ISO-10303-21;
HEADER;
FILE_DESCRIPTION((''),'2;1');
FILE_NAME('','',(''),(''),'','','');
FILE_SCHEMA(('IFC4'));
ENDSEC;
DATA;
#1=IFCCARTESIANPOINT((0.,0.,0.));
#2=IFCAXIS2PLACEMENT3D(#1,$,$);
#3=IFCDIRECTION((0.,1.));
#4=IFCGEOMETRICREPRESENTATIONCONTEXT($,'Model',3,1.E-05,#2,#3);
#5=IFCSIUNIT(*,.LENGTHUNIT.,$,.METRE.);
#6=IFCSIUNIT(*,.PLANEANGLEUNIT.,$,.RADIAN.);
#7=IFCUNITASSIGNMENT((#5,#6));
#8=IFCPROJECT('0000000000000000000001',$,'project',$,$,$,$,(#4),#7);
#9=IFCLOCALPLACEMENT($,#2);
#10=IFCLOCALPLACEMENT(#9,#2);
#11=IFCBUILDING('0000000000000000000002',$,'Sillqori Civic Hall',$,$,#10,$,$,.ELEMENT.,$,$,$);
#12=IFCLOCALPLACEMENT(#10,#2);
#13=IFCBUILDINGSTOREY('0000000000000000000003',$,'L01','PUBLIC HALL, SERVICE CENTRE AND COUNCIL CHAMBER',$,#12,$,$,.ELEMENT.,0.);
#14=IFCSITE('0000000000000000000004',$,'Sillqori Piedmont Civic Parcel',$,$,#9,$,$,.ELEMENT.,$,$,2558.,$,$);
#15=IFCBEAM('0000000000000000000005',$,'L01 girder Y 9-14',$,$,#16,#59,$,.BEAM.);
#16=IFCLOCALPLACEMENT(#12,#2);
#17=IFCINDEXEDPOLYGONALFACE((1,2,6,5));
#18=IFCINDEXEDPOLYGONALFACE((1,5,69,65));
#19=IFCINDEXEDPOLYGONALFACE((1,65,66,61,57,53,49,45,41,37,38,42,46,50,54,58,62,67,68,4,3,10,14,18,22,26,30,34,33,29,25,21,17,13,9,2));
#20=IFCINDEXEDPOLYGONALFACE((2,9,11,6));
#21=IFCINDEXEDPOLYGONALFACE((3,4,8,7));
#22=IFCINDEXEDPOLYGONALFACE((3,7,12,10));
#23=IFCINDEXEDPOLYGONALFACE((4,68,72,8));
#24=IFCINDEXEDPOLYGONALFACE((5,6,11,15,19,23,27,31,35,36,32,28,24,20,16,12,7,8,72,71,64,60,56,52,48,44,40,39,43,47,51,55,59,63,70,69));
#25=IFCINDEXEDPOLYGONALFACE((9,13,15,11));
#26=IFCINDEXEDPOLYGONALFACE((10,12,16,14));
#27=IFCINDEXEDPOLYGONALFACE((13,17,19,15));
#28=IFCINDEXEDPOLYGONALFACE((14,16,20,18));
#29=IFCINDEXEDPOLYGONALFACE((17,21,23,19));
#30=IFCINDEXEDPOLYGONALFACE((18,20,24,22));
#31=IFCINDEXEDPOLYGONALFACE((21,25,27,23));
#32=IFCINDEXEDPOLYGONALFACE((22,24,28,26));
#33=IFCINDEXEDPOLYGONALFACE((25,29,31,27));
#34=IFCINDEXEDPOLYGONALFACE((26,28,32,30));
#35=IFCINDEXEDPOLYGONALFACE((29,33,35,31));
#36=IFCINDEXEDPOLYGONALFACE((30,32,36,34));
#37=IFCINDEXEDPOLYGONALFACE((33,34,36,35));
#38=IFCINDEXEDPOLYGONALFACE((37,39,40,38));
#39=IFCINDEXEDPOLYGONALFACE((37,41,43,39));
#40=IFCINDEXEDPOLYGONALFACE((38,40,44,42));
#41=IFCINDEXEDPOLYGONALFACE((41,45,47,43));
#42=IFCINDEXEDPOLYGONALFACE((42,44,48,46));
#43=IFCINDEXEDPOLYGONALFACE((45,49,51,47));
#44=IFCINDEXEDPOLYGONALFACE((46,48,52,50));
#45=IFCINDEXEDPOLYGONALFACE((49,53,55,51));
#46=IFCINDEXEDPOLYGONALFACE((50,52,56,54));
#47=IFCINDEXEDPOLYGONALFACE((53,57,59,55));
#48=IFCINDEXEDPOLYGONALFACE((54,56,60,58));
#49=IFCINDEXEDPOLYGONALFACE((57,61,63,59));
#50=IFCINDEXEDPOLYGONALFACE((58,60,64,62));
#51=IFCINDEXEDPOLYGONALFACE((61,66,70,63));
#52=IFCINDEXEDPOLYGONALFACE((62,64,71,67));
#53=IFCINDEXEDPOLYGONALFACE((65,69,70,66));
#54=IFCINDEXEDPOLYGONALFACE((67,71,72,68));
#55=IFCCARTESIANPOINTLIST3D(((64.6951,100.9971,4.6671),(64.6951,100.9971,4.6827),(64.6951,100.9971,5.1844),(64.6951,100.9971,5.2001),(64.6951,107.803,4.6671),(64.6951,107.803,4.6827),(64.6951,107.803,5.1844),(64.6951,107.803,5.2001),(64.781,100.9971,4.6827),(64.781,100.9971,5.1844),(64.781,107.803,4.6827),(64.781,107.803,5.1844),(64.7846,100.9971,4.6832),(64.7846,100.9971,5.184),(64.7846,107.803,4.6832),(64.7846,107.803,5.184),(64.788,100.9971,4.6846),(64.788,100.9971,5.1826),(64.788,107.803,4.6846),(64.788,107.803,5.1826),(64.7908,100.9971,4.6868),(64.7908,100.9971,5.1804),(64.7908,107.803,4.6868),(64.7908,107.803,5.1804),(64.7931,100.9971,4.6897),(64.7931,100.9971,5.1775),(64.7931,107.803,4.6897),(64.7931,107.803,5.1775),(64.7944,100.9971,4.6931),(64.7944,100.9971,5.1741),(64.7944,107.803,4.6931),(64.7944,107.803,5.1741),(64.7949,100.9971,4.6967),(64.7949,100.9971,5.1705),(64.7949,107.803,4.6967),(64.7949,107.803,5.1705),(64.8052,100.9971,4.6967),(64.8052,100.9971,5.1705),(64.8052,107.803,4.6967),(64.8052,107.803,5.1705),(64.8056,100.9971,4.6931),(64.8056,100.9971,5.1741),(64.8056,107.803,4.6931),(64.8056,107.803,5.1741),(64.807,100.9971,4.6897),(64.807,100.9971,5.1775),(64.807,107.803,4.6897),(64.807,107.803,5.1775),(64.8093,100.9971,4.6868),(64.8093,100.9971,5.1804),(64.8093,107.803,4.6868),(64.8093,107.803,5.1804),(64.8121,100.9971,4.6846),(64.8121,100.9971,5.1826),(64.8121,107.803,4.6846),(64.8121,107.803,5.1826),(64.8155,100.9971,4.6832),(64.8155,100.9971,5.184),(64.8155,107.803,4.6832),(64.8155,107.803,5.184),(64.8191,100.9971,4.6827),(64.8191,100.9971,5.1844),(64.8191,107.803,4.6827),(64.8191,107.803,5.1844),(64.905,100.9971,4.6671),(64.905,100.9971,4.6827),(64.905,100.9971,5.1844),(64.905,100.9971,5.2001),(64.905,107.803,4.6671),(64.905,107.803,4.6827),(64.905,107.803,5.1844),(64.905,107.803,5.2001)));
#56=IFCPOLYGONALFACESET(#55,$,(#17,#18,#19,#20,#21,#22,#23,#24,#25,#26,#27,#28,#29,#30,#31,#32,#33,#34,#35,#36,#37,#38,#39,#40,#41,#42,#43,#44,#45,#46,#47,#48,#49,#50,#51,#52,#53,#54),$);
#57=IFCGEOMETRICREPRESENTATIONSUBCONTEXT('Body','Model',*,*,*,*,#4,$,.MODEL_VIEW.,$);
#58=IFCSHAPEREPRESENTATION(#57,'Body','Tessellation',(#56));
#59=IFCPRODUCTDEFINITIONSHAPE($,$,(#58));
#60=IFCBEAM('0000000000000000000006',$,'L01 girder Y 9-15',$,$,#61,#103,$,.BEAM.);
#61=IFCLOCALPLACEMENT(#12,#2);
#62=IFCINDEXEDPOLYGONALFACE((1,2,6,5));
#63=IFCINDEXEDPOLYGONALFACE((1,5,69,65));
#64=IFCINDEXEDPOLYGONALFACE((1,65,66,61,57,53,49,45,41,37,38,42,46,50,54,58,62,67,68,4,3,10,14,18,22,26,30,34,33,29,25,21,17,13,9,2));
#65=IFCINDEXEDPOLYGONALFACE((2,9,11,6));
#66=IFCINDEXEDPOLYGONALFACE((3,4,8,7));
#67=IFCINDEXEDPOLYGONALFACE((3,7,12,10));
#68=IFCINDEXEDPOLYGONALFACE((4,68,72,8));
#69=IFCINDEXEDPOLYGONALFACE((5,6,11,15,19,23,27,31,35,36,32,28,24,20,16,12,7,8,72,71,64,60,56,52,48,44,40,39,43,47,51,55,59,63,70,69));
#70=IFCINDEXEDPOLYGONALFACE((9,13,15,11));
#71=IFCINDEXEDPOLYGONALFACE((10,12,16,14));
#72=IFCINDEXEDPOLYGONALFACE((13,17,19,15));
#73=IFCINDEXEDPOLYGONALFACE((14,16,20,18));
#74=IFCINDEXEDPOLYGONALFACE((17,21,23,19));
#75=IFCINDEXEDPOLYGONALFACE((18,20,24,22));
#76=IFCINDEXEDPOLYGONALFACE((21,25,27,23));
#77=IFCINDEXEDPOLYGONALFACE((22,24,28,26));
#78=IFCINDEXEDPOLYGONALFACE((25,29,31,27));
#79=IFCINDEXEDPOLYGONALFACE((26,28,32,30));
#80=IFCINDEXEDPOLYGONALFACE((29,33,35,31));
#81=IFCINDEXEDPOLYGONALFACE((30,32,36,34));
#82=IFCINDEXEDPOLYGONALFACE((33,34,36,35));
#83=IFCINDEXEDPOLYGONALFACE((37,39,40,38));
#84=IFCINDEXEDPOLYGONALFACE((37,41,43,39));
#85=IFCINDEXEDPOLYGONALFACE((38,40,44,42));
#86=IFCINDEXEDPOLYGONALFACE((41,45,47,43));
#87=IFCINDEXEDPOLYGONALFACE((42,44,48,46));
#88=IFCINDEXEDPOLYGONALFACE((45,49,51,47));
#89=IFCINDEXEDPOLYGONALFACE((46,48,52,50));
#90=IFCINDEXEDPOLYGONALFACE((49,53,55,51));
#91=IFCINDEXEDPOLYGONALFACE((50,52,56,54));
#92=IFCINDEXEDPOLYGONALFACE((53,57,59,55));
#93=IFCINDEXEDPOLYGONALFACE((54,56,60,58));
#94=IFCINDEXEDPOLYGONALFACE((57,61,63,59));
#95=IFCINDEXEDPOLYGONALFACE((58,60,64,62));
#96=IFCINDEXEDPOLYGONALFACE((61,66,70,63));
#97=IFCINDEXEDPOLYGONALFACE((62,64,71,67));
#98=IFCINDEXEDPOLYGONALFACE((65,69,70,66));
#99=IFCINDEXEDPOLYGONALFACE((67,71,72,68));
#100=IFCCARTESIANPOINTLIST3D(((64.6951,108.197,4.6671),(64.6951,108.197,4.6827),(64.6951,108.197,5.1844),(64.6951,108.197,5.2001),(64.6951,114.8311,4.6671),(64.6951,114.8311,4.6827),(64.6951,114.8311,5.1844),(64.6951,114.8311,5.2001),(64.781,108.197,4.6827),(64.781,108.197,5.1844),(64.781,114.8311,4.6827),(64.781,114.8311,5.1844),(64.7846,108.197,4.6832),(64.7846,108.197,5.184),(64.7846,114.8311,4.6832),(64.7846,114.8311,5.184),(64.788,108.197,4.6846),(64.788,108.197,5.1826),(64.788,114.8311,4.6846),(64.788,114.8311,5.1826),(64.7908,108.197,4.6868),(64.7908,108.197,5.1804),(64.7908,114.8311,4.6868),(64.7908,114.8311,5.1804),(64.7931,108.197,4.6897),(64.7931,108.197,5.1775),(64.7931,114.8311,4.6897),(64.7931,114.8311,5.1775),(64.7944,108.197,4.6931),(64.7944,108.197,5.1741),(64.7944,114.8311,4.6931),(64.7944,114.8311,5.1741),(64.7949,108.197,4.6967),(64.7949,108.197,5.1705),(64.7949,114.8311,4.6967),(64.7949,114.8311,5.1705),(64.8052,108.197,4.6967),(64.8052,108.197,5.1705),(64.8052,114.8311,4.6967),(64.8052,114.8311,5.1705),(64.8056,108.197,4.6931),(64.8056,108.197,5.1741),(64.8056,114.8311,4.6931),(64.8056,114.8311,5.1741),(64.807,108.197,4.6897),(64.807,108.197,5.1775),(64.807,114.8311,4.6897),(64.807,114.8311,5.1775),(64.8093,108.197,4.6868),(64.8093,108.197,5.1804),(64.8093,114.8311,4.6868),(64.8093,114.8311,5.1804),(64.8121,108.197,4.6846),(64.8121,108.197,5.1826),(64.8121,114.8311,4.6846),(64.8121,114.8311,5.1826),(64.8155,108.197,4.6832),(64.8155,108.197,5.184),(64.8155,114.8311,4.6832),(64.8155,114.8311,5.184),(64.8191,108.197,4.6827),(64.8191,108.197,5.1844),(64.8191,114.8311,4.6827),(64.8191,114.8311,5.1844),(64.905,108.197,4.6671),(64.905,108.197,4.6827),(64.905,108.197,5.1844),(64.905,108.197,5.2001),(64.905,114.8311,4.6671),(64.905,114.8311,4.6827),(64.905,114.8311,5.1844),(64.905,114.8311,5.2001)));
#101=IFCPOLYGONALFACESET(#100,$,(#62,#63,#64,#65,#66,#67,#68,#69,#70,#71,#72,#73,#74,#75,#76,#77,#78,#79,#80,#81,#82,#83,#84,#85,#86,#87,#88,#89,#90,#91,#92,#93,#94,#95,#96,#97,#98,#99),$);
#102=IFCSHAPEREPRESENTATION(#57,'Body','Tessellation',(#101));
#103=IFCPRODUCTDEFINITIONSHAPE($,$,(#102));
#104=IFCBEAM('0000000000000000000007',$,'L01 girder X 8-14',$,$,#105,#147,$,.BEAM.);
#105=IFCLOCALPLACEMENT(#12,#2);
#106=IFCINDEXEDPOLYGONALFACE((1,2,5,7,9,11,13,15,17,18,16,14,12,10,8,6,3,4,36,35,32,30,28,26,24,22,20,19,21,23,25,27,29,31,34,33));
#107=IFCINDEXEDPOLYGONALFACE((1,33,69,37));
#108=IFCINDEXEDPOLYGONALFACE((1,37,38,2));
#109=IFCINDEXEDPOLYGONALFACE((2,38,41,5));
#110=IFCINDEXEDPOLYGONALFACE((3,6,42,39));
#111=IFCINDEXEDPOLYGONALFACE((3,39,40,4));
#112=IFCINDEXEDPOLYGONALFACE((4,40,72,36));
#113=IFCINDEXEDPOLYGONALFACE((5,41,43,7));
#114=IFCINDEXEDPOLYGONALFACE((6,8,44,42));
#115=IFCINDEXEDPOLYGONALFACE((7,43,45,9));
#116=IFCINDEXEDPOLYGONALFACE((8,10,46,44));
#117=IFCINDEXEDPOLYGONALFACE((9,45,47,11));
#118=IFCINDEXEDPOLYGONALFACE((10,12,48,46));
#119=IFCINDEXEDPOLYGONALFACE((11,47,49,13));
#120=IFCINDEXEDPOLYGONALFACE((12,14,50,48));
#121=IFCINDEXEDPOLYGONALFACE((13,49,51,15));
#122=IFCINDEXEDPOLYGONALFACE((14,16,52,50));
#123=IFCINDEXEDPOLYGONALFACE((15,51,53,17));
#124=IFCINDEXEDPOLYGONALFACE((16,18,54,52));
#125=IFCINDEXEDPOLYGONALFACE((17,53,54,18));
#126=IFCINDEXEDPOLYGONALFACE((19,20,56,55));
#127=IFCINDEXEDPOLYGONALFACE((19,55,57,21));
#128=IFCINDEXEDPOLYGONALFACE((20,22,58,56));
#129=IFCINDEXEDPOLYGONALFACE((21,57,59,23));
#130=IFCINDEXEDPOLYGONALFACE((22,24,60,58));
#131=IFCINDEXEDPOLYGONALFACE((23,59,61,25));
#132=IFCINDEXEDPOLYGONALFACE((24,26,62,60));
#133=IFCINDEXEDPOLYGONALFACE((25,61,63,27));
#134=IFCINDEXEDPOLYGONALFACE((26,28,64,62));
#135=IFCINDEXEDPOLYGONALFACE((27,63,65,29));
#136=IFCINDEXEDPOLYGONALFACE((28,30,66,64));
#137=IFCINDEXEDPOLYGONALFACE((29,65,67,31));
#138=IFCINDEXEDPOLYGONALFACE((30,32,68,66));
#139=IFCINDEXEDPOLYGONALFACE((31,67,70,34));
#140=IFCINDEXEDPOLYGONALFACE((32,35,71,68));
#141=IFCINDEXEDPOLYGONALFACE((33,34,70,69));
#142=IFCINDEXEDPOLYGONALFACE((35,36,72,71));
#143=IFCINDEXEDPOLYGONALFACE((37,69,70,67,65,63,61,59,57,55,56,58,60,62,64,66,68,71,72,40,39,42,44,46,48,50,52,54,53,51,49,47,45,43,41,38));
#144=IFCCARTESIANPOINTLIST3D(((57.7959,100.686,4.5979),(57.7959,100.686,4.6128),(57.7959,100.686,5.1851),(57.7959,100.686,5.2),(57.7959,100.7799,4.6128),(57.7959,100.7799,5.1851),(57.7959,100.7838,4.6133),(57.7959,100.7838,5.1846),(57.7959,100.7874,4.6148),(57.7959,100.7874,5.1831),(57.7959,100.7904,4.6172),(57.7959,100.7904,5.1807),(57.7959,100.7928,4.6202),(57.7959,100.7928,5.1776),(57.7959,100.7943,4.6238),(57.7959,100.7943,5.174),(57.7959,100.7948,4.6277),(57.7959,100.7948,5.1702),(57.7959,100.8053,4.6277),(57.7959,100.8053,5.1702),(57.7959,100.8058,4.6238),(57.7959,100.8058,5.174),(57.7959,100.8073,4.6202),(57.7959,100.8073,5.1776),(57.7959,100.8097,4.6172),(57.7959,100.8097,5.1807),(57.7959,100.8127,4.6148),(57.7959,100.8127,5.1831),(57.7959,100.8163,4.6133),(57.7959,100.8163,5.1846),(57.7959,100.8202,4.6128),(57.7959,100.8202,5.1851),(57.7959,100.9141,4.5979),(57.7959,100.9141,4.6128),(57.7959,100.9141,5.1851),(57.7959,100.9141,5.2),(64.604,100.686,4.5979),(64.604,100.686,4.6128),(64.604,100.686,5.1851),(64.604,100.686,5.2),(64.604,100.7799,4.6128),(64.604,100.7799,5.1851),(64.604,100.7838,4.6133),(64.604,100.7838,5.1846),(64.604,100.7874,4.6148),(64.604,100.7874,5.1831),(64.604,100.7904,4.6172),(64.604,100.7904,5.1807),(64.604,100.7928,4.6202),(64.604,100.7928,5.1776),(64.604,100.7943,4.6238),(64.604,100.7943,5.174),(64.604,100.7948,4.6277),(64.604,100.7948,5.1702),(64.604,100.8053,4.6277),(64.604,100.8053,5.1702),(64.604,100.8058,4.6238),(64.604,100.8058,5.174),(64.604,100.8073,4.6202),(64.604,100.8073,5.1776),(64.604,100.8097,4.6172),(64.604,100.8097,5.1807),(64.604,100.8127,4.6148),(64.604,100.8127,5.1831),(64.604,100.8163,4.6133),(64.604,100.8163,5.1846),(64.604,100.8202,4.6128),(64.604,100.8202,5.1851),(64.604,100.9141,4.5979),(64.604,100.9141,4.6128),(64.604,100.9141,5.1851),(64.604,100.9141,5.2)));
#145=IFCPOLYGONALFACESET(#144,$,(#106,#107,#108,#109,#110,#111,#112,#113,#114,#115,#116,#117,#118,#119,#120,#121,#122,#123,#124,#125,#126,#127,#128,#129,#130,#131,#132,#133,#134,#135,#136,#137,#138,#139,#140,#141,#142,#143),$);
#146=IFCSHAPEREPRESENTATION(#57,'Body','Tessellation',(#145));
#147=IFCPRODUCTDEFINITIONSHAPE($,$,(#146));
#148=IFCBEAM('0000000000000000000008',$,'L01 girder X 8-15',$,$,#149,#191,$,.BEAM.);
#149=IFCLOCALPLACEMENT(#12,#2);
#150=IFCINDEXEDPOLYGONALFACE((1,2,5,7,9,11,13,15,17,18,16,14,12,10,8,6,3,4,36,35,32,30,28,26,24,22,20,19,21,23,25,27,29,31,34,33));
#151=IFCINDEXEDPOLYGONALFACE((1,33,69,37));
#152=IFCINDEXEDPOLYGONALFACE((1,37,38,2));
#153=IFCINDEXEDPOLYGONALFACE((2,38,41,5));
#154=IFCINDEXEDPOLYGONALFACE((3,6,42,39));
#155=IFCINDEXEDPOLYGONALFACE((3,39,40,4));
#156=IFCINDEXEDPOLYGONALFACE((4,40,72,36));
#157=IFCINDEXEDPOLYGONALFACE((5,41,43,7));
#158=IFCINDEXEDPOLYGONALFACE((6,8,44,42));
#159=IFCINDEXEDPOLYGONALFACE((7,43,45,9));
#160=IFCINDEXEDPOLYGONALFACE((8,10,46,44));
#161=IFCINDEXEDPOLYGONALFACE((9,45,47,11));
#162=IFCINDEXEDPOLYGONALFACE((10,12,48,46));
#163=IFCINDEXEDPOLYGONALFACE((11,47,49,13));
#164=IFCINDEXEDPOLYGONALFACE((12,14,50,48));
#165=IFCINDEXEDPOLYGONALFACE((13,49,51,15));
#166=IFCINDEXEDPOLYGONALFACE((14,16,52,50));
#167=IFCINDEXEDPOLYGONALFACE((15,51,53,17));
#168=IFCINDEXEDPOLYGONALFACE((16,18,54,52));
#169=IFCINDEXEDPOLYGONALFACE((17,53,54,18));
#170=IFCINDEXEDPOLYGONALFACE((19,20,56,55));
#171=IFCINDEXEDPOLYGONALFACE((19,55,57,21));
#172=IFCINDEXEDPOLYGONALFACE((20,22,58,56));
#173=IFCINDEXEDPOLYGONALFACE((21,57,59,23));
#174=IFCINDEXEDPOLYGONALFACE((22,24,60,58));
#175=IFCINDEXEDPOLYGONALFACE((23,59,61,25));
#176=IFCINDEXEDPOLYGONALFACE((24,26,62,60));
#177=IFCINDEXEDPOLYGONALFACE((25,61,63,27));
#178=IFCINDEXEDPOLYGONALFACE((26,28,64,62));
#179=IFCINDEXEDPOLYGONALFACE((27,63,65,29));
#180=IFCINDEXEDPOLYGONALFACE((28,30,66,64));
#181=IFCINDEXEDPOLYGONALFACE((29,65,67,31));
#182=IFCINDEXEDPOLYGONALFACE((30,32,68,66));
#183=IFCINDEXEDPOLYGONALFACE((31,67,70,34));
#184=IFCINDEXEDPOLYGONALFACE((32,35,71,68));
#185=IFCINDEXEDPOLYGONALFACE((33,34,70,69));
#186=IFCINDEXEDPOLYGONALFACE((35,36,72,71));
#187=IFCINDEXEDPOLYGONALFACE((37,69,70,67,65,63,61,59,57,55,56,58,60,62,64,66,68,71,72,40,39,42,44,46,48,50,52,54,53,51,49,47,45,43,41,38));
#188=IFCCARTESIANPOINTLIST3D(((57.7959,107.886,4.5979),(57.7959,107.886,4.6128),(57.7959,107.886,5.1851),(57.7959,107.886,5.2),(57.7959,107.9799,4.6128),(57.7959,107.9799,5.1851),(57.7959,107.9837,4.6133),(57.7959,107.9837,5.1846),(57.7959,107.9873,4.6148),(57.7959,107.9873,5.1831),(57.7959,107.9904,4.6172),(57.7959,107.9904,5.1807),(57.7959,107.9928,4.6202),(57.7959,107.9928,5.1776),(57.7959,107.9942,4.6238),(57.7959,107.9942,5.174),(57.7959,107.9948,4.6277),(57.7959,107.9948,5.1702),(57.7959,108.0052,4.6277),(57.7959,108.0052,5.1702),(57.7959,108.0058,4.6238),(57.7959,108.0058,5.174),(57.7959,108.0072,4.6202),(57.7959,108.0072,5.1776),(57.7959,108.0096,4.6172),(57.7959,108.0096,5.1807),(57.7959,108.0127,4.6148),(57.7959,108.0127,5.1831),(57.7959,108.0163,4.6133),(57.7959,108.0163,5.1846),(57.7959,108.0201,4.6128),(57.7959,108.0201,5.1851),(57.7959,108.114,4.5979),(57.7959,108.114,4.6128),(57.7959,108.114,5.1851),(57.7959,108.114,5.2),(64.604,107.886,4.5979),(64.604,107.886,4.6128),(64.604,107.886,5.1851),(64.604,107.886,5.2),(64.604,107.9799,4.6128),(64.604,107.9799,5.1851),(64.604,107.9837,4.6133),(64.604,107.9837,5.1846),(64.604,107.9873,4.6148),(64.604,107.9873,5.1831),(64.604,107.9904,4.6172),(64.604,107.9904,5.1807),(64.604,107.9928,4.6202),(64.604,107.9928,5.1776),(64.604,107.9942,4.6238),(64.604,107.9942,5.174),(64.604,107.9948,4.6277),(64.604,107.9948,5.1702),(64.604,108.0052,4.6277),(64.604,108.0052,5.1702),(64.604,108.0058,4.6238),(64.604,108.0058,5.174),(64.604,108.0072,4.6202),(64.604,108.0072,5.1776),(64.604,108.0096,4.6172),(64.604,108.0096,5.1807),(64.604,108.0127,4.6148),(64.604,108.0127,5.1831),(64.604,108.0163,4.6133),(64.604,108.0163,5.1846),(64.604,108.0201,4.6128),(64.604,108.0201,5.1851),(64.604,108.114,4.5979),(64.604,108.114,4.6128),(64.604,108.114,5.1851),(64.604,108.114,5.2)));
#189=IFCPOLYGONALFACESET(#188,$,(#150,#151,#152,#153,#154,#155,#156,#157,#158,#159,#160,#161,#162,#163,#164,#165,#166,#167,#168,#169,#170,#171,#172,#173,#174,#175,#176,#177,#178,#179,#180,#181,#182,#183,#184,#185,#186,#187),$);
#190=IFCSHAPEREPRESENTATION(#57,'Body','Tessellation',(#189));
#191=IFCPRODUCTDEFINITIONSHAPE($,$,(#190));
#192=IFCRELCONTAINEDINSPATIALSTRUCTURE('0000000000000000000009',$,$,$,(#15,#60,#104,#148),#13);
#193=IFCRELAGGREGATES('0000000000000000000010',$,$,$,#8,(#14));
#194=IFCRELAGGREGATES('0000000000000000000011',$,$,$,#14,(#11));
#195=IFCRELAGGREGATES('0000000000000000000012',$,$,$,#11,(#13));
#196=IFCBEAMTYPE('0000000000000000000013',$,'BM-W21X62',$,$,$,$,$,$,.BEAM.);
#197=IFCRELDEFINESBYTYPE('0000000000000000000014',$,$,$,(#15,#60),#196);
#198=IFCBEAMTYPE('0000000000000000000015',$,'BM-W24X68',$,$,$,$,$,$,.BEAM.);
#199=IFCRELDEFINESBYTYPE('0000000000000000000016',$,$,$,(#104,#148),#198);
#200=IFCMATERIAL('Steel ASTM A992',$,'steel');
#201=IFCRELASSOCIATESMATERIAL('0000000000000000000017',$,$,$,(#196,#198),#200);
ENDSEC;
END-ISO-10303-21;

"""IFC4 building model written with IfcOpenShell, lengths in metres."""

from ifc_helpers import new_model, si_unit, direction, frame, origin, origin_2d, place, context, subcontext, project, spatial, i_section, extrude, material, material_profile, profile_set, type_object, element, save


model = new_model("IFC4")

# Units and contexts
model_context = context("Model", 3, precision=1e-05, world=origin(), true_north=direction((0.0, 1.0)))
body_context = subcontext(model_context, "Body", "Model", "MODEL_VIEW")
ifc_project = project(units=[si_unit("LENGTHUNIT", "METRE"), si_unit("PLANEANGLEUNIT", "RADIAN")], contexts=[model_context])

# Site, building, storey
site_placement = place(None, origin())
site = spatial("IfcSite", under=ifc_project, at=site_placement, Name="Sillqori Piedmont Civic Parcel", CompositionType="ELEMENT", RefElevation=2558.0)
building_placement = place(site_placement, origin())
building = spatial("IfcBuilding", under=site, at=building_placement, Name="Sillqori Civic Hall", CompositionType="ELEMENT")
storey_placement = place(building_placement, origin())
storey = spatial("IfcBuildingStorey", under=building, at=storey_placement, Name="L01", Description="PUBLIC HALL, SERVICE CENTRE AND COUNCIL CHAMBER", CompositionType="ELEMENT", Elevation=0.0)

# Shared definitions
ifc_material_1 = material(Name="Steel ASTM A992", Category="steel")

# Beams
ifc_material_profile_1 = material_profile(ifc_material_1, i_section(OverallWidth=0.21, OverallDepth=0.533, WebThickness=0.0103, FlangeThickness=0.0156, FilletRadius=0.0139, at=origin_2d()), Name="W21X62")
ifc_profile_set_1 = profile_set([ifc_material_profile_1], Name="Steel ASTM A992")
beam_type_1 = type_object("IfcBeamType", Name="BM-W21X62", PredefinedType="BEAM", material=ifc_profile_set_1)
for number, where, z_axis, x_axis, name in (
    (1, (64.8, 100.9971, 4.9336), (0.0, 1.0, 0.0), (-1.0, 0.0, 0.0), "L01 girder Y 9-14"),
):
    element("IfcBeam", number, at=place(storey_placement, frame(where, z_axis=z_axis, x_axis=x_axis)), inside=storey, type_object=beam_type_1, Name=name, PredefinedType="BEAM", context=body_context, shape_type="SweptSolid", body=[
        extrude(i_section(OverallWidth=0.21, OverallDepth=0.533, WebThickness=0.0103, FlangeThickness=0.0156, FilletRadius=0.0139, at=origin_2d()), origin(), (0.0, 0.0, 1.0), 6.8059),
    ])
beam_1_placement = place(storey_placement, frame((64.8, 108.197, 4.9336), z_axis=(0.0, 1.0, 0.0), x_axis=(-1.0, 0.0, 0.0)))
element("IfcBeam", 2, at=beam_1_placement, inside=storey, type_object=beam_type_1, Name="L01 girder Y 9-15", PredefinedType="BEAM", context=body_context, shape_type="SweptSolid", body=[
    extrude(i_section(OverallWidth=0.21, OverallDepth=0.533, WebThickness=0.0103, FlangeThickness=0.0156, FilletRadius=0.0139, at=origin_2d()), origin(), (0.0, 0.0, 1.0), 6.634),
])
ifc_material_profile_2 = material_profile(ifc_material_1, i_section(OverallWidth=0.228, OverallDepth=0.6021, WebThickness=0.0105, FlangeThickness=0.0149, FilletRadius=0.0149, at=origin_2d()), Name="W24X68")
ifc_profile_set_2 = profile_set([ifc_material_profile_2], Name="Steel ASTM A992")
beam_type_2 = type_object("IfcBeamType", Name="BM-W24X68", PredefinedType="BEAM", material=ifc_profile_set_2)
for number, where, z_axis, x_axis, name in (
    (3, (57.7959, 100.8, 4.8989), (1.0, 0.0, 0.0), (0.0, 1.0, 0.0), "L01 girder X 8-14"),
    (4, (57.7959, 108.0, 4.8989), (1.0, 0.0, 0.0), (0.0, 1.0, 0.0), "L01 girder X 8-15"),
):
    element("IfcBeam", number, at=place(storey_placement, frame(where, z_axis=z_axis, x_axis=x_axis)), inside=storey, type_object=beam_type_2, Name=name, PredefinedType="BEAM", context=body_context, shape_type="SweptSolid", body=[
        extrude(i_section(OverallWidth=0.228, OverallDepth=0.6021, WebThickness=0.0105, FlangeThickness=0.0149, FilletRadius=0.0149, at=origin_2d()), origin(), (0.0, 0.0, 1.0), 6.8081),
    ])

save(model, "model.ifc")
